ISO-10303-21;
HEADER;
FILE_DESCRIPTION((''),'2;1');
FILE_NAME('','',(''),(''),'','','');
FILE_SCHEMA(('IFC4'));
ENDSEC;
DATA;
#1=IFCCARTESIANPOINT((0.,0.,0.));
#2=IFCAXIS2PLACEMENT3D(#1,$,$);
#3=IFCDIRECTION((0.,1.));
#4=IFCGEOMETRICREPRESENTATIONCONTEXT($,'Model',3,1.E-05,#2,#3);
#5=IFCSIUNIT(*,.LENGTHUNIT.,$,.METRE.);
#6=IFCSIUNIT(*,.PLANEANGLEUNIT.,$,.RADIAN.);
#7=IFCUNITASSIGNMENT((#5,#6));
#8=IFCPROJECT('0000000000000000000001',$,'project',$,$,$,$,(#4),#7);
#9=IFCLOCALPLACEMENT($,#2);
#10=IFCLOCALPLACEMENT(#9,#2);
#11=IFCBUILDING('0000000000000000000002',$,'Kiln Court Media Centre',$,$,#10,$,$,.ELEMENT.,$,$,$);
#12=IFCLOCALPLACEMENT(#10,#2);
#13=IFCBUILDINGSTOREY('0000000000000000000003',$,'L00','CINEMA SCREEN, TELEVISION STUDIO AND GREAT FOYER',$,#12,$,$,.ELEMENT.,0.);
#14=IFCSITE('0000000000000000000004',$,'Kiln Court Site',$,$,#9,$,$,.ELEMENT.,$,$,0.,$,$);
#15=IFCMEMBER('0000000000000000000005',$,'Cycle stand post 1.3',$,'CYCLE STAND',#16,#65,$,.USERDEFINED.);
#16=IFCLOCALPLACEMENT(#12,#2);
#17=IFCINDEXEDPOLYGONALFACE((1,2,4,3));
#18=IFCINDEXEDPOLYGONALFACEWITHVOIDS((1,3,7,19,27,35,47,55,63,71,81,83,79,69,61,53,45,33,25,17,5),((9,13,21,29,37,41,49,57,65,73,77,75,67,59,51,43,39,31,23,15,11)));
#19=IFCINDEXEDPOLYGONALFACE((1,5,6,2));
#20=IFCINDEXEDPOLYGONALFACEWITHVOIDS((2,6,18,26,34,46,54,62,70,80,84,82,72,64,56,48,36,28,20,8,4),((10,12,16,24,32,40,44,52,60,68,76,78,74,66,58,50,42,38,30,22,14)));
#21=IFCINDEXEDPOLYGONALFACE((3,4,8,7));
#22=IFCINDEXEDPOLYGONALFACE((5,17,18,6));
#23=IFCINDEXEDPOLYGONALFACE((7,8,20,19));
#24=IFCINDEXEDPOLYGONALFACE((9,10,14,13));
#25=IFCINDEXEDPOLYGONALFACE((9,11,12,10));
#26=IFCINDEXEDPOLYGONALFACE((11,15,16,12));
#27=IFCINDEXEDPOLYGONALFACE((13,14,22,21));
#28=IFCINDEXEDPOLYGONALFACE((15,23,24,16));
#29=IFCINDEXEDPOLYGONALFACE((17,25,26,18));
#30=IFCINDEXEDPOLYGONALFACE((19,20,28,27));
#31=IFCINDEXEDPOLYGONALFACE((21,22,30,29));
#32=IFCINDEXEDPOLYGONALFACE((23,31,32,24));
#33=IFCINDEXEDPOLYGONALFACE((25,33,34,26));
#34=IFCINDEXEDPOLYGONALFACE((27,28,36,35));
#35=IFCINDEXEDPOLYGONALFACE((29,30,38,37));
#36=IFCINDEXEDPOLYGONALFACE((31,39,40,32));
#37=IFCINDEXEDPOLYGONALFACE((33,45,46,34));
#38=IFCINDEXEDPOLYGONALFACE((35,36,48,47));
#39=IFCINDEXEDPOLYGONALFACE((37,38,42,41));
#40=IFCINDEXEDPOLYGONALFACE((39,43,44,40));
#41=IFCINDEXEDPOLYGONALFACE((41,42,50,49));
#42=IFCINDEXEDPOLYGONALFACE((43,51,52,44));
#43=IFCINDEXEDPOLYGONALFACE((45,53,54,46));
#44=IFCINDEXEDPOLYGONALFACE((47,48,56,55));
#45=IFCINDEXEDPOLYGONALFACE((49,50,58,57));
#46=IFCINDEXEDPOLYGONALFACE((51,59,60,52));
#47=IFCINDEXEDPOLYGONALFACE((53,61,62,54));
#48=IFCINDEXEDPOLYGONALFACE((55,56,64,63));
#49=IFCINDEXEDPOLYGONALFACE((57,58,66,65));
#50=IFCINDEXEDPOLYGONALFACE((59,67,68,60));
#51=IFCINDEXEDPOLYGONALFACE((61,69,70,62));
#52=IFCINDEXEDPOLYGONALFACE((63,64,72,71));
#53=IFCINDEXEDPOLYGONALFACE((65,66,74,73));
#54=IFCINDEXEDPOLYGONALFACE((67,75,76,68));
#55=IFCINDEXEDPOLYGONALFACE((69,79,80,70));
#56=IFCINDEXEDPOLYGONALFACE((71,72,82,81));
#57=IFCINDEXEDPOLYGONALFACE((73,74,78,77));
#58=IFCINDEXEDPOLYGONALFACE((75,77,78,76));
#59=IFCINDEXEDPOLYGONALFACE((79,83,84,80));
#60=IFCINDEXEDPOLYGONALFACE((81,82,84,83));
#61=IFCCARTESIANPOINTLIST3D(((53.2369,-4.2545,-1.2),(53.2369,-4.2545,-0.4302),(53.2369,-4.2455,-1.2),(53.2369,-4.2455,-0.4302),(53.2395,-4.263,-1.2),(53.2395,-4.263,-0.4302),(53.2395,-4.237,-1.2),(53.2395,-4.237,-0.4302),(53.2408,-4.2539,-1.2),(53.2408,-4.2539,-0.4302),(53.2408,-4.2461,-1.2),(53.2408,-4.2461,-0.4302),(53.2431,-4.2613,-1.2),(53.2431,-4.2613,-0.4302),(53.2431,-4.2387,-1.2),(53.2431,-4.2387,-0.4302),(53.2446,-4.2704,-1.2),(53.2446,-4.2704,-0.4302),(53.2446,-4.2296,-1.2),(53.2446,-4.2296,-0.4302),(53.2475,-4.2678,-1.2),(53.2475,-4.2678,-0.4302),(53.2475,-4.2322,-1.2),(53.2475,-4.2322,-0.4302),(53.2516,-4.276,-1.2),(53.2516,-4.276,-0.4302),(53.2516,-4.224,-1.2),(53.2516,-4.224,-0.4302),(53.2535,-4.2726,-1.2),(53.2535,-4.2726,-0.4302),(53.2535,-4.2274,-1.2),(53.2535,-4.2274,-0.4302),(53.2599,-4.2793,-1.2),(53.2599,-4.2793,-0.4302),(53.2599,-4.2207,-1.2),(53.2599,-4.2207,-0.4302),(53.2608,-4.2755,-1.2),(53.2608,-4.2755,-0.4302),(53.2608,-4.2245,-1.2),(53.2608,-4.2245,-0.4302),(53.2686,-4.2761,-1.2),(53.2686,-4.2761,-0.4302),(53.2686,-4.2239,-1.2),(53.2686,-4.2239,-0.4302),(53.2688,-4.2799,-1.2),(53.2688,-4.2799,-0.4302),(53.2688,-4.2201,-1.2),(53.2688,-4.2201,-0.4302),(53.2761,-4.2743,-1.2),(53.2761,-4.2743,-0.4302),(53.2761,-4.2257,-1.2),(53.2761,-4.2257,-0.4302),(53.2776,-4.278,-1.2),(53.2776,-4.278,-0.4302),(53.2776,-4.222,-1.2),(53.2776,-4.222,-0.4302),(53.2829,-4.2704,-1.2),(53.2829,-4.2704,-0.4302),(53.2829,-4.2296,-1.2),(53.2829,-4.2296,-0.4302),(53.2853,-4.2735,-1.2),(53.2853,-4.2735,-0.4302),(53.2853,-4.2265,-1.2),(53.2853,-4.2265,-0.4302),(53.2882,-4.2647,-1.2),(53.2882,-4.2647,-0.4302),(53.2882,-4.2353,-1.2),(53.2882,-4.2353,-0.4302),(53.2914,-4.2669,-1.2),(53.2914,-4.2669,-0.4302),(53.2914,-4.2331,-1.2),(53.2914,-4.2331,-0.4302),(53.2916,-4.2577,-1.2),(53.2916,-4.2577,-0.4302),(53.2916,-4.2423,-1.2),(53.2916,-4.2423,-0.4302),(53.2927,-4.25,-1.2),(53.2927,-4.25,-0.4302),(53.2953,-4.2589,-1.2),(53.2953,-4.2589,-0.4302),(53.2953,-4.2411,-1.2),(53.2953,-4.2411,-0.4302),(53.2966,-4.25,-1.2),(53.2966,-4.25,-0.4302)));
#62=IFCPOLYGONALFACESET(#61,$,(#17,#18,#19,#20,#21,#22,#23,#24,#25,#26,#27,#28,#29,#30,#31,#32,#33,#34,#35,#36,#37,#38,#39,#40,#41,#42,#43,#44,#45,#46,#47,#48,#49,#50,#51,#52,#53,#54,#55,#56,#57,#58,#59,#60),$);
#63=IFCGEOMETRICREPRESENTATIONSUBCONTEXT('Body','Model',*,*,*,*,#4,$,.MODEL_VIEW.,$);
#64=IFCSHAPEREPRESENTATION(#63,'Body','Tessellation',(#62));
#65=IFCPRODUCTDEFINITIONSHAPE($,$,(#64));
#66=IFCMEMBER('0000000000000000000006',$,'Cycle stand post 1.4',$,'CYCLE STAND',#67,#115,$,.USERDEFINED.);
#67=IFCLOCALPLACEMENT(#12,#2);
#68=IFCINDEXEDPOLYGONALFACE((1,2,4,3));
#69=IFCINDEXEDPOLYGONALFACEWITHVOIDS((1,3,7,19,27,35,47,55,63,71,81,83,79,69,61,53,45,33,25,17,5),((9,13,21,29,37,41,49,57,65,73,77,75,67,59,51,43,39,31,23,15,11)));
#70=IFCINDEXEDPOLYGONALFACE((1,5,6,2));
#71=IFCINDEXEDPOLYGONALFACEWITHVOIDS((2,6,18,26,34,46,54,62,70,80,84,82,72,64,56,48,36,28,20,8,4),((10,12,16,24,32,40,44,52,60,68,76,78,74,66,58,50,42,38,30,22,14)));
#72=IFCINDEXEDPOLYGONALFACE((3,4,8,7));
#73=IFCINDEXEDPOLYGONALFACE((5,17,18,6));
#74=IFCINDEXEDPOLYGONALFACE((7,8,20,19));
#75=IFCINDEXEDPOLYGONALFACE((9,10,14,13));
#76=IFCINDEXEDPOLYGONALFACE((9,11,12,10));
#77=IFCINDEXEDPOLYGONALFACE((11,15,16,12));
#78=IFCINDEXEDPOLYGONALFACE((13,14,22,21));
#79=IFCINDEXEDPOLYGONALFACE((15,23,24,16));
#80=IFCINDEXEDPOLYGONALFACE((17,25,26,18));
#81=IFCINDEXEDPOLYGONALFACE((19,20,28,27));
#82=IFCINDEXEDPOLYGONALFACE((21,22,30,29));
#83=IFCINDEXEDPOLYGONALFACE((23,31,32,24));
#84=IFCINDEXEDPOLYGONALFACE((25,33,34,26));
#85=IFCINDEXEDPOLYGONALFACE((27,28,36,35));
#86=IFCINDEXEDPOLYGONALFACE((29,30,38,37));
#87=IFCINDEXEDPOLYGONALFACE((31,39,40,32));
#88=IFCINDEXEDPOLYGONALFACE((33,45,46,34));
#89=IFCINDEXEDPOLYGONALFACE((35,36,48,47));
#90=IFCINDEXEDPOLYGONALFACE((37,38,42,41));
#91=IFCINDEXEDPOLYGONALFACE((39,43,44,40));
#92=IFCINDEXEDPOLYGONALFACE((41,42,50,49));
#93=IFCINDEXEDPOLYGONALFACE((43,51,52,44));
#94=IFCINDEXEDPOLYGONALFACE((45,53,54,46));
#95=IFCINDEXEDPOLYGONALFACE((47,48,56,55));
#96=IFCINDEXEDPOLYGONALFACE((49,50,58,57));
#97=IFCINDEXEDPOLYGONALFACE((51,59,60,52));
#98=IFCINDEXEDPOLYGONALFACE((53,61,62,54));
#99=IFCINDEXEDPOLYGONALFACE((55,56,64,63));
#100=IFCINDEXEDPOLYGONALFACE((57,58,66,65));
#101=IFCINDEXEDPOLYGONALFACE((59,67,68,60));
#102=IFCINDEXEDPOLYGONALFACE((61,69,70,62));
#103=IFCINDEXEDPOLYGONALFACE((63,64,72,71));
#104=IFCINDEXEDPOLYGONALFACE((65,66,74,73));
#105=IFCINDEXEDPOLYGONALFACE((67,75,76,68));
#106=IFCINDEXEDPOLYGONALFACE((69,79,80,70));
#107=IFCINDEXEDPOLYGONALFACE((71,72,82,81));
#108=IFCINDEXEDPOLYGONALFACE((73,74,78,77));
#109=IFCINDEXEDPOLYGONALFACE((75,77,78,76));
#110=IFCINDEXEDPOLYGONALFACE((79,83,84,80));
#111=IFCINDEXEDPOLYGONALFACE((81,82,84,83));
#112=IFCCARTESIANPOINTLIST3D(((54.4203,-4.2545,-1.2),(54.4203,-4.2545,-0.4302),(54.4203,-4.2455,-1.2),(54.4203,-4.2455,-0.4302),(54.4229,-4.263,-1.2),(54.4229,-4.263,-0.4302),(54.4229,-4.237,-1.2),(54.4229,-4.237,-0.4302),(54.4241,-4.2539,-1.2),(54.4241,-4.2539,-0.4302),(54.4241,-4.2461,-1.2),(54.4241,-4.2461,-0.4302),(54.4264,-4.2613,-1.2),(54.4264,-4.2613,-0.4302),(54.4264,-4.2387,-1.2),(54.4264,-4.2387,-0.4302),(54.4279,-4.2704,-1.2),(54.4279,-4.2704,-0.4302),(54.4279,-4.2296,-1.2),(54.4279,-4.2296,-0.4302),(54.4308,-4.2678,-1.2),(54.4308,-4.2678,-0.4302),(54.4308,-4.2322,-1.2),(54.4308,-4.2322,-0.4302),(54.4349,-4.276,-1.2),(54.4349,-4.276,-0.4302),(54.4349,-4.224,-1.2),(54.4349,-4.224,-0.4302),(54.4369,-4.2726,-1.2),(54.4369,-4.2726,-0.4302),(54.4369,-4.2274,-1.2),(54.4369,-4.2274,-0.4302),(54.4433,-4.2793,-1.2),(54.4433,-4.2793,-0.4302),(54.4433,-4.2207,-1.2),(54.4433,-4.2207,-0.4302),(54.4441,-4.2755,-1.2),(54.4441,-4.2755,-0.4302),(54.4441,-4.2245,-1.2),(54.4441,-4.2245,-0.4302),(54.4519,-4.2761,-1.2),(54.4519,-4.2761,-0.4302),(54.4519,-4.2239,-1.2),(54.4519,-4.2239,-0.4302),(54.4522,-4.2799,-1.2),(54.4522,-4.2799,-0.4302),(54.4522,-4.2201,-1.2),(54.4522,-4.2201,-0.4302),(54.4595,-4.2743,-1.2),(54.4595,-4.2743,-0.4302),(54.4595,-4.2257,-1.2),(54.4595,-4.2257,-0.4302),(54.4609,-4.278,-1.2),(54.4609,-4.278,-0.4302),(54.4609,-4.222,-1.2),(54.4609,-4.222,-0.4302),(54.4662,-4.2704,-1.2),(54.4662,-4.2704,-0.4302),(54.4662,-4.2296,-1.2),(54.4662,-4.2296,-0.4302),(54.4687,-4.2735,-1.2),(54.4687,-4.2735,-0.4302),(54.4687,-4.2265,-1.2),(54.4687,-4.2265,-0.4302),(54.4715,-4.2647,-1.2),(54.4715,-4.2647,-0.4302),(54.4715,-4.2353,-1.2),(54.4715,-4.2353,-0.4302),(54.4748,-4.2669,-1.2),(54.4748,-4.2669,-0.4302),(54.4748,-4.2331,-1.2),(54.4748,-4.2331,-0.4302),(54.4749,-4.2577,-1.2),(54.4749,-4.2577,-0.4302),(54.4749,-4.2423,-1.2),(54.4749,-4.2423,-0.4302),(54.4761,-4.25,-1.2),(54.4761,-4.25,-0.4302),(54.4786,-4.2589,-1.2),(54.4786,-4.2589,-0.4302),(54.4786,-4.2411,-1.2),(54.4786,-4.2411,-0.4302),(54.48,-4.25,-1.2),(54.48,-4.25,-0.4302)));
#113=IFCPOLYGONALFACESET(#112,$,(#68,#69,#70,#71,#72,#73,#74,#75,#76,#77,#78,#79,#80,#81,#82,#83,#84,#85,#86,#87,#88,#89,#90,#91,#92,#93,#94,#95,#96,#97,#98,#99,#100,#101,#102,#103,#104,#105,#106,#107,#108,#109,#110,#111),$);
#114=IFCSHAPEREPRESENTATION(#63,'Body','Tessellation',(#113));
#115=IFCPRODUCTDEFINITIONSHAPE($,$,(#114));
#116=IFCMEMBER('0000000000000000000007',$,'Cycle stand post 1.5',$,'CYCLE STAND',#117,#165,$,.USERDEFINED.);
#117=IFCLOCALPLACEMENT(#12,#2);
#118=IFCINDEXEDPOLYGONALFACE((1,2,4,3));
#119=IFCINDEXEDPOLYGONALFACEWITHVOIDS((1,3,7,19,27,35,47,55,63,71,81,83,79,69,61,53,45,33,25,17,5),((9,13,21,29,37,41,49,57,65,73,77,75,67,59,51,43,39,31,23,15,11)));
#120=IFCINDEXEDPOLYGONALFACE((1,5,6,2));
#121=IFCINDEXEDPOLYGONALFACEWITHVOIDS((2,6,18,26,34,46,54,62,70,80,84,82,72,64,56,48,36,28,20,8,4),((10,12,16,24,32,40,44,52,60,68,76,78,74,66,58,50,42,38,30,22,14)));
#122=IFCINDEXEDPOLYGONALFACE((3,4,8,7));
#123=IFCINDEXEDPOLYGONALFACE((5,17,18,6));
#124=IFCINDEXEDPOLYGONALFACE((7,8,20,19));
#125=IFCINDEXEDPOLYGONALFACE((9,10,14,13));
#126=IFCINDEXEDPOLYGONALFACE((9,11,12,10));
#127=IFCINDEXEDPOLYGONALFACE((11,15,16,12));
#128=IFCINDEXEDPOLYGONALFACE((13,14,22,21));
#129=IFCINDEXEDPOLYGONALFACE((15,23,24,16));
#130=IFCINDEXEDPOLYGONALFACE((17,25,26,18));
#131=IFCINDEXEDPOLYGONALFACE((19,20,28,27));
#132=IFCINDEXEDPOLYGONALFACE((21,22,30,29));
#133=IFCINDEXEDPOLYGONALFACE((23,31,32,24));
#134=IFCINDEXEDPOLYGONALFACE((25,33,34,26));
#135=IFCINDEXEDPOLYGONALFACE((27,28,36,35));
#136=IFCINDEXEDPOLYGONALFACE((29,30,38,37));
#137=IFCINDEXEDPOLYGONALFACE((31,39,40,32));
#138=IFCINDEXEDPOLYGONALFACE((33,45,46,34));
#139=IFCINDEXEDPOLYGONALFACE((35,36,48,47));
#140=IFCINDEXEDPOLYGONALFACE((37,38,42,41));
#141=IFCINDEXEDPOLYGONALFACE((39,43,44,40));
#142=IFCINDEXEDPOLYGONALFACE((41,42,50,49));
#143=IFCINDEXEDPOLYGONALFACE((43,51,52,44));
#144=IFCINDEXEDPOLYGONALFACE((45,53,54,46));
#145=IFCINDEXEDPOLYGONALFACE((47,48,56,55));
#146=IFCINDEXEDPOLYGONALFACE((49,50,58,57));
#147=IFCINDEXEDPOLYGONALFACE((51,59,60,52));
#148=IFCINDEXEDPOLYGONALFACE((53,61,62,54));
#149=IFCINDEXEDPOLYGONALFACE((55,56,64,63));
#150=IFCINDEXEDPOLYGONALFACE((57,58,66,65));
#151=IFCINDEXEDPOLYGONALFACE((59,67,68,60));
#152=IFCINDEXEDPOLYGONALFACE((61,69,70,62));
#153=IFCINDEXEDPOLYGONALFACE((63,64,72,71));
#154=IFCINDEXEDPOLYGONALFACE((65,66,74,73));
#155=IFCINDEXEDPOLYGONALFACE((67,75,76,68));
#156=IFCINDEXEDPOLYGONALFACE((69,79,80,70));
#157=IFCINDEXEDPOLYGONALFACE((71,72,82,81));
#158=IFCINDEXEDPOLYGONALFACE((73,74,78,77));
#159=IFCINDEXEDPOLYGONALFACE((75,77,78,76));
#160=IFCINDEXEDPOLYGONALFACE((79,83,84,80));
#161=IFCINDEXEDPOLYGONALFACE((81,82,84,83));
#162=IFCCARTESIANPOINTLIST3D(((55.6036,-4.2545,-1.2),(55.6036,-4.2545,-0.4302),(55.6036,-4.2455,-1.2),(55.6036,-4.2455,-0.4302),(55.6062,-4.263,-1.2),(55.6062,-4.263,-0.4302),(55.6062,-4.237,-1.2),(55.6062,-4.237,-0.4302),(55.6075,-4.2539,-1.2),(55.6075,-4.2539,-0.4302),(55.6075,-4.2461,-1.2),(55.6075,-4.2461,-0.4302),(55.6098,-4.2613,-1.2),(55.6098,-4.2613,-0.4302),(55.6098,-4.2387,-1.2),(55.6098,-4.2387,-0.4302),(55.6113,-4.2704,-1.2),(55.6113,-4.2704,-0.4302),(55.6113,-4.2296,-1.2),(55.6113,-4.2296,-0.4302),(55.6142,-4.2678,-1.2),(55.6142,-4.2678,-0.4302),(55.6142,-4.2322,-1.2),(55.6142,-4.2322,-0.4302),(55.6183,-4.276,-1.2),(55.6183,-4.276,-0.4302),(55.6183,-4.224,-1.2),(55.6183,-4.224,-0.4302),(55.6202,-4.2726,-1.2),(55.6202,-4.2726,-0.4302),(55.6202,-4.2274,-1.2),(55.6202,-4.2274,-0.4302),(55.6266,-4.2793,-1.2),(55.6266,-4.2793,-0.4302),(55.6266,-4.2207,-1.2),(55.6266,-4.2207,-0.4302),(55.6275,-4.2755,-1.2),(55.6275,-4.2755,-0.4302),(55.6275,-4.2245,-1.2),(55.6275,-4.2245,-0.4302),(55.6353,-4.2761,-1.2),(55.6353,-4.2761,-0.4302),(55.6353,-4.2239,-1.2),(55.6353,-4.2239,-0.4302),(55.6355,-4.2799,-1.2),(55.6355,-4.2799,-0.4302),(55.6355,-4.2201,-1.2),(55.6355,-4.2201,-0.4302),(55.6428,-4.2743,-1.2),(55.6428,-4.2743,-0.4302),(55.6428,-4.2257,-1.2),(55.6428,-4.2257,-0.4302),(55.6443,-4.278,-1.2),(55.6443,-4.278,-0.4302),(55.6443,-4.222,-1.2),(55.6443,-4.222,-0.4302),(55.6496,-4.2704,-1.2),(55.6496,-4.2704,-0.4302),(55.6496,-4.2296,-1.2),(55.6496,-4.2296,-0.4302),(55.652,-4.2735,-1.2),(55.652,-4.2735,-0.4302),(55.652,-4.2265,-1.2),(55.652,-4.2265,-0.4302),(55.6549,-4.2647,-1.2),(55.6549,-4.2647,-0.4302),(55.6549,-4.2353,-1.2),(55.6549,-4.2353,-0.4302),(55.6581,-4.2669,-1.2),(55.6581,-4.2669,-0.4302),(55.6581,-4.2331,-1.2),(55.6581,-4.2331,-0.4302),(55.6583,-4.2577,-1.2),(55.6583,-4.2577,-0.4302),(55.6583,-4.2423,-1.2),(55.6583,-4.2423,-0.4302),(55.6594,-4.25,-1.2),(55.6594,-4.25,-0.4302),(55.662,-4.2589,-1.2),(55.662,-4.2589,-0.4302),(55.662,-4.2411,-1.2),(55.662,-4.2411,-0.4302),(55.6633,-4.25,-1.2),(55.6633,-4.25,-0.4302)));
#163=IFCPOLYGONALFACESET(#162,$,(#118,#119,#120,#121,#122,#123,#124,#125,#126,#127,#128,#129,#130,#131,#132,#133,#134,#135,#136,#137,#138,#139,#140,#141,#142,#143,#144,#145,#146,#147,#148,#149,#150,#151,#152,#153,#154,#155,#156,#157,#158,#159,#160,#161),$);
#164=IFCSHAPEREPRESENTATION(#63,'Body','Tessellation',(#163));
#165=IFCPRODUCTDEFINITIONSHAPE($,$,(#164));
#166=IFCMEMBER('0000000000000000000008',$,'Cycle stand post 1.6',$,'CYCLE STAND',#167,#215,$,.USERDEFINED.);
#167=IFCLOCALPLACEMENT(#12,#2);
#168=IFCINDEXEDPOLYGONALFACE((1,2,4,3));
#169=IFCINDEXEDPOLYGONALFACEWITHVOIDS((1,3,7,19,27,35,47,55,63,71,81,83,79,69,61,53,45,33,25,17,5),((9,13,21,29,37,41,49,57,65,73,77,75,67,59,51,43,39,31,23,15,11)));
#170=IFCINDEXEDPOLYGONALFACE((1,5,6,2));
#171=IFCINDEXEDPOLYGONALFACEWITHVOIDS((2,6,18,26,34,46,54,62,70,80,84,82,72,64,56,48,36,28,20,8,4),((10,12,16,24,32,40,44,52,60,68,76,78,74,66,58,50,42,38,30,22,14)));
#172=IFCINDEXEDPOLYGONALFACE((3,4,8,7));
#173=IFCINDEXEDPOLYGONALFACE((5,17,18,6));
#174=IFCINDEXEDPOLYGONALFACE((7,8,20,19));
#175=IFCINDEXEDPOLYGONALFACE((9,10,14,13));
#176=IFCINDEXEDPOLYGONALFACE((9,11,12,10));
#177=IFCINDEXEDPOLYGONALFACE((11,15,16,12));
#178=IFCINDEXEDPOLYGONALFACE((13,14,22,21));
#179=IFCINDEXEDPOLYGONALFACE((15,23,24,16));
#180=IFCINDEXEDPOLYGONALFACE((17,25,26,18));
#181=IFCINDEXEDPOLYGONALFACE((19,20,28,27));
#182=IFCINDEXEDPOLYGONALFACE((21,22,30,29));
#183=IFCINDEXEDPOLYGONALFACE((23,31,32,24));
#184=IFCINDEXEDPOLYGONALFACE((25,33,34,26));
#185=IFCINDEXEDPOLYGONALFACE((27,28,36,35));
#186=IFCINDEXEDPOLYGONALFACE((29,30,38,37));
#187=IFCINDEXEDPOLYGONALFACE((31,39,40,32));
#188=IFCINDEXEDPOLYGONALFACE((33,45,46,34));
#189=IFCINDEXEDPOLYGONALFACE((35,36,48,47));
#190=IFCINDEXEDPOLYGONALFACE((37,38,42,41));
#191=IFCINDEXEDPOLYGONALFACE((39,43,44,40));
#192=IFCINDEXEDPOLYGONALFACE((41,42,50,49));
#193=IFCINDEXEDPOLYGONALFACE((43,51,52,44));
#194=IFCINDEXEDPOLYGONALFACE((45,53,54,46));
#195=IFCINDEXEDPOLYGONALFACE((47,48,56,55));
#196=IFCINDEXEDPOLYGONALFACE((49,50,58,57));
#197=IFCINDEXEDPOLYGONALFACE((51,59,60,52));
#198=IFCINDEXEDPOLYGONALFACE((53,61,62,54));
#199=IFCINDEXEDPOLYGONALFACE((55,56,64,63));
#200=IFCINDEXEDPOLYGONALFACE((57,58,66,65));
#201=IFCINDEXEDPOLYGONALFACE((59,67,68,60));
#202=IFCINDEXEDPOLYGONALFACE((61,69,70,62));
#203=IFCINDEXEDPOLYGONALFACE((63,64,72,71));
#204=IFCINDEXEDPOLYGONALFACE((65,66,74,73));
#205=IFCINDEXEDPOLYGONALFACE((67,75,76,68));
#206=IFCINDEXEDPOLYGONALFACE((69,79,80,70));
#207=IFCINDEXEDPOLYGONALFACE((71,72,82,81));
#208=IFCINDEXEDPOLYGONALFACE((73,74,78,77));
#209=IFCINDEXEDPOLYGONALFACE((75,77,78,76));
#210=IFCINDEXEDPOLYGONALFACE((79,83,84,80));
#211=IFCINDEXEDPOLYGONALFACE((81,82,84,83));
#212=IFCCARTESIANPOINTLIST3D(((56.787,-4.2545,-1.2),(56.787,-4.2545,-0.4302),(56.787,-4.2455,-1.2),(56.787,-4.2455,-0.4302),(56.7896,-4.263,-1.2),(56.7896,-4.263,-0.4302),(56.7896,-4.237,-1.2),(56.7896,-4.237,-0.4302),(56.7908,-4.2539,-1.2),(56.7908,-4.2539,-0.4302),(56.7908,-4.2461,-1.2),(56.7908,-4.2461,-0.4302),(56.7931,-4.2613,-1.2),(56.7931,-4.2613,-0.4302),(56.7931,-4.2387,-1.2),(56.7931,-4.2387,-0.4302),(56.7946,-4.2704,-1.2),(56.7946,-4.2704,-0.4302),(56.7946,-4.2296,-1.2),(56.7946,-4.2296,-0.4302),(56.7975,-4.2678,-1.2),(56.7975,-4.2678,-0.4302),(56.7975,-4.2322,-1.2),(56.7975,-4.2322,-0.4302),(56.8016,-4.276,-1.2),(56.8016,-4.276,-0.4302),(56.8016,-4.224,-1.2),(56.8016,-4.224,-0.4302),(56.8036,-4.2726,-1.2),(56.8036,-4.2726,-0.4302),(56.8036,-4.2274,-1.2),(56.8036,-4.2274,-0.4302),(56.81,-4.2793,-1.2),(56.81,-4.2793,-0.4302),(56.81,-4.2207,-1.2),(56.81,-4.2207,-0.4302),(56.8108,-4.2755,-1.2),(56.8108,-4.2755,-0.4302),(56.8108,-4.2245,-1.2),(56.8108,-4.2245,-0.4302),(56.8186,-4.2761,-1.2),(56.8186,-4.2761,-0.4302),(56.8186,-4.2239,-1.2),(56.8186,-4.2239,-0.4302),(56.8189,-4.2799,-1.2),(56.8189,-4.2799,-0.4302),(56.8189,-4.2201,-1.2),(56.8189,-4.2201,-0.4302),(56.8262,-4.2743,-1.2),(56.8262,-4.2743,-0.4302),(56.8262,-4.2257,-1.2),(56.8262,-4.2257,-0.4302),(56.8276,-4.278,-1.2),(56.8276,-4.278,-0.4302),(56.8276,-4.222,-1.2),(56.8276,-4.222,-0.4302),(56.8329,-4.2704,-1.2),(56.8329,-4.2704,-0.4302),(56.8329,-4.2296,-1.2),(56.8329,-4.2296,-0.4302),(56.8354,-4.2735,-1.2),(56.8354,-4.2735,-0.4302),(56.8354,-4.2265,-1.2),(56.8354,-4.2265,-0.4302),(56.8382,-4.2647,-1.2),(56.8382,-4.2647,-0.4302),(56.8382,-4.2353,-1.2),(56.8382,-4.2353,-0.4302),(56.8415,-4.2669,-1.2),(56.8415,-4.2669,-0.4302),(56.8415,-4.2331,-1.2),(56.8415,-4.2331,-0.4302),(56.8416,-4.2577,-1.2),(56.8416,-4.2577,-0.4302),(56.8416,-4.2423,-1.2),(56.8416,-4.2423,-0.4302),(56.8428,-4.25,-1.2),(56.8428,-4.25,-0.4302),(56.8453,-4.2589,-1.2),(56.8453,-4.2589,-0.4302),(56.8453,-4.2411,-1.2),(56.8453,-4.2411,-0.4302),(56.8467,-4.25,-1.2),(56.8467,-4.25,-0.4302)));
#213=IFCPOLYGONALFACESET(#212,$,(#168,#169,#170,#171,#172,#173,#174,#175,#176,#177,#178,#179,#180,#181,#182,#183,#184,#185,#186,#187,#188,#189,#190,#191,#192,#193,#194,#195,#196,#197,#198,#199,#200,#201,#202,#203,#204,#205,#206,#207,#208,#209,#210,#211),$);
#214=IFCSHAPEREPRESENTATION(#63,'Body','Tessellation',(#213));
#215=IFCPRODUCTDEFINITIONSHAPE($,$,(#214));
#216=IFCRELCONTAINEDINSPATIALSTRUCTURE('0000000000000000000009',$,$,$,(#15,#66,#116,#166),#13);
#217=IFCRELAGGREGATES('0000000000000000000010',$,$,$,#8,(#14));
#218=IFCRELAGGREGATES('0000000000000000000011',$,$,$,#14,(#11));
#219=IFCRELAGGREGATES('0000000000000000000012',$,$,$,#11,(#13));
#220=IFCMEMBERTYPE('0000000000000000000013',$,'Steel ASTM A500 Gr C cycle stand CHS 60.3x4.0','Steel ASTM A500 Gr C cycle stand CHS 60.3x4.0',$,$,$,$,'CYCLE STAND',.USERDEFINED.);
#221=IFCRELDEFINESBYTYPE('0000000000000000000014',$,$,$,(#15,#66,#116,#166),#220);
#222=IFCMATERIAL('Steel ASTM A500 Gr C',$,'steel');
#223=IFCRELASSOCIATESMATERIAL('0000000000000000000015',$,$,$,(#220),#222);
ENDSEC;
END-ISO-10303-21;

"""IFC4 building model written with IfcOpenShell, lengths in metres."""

from ifc_helpers import new_model, si_unit, direction, frame, origin, origin_2d, place, context, subcontext, project, spatial, hollow_circle, extrude, material, material_profile, profile_set, type_object, element, save


model = new_model("IFC4")

# Units and contexts
model_context = context("Model", 3, precision=1e-05, world=origin(), true_north=direction((0.0, 1.0)))
body_context = subcontext(model_context, "Body", "Model", "MODEL_VIEW")
ifc_project = project(units=[si_unit("LENGTHUNIT", "METRE"), si_unit("PLANEANGLEUNIT", "RADIAN")], contexts=[model_context])

# Site, building, storey
site_placement = place(None, origin())
site = spatial("IfcSite", under=ifc_project, at=site_placement, Name="Kiln Court Site", CompositionType="ELEMENT", RefElevation=0.0)
building_placement = place(site_placement, origin())
building = spatial("IfcBuilding", under=site, at=building_placement, Name="Kiln Court Media Centre", CompositionType="ELEMENT")
storey_placement = place(building_placement, origin())
storey = spatial("IfcBuildingStorey", under=building, at=storey_placement, Name="L00", Description="CINEMA SCREEN, TELEVISION STUDIO AND GREAT FOYER", CompositionType="ELEMENT", Elevation=0.0)

# Members
ifc_material = material(Name="Steel ASTM A500 Gr C", Category="steel")
ifc_material_profile = material_profile(ifc_material, hollow_circle(Radius=0.03, WallThickness=0.0039, at=origin_2d()), Name="CHS 60.3x4.0")
ifc_profile_set = profile_set([ifc_material_profile], Name="Steel ASTM A500 Gr C")
member_type = type_object("IfcMemberType", Name="Steel ASTM A500 Gr C cycle stand CHS 60.3x4.0", Description="Steel ASTM A500 Gr C cycle stand CHS 60.3x4.0", ElementType="CYCLE STAND", PredefinedType="USERDEFINED", material=ifc_profile_set)
for number, where, z_axis, x_axis, name in (
    (1, (53.2666, -4.25, -1.2), (0.0, 0.0, 1.0), (1.0, 0.0, 0.0), "Cycle stand post 1.3"),
    (2, (54.45, -4.25, -1.2), (0.0, 0.0, 1.0), (1.0, 0.0, 0.0), "Cycle stand post 1.4"),
    (3, (55.6333, -4.25, -1.2), (0.0, 0.0, 1.0), (1.0, 0.0, 0.0), "Cycle stand post 1.5"),
    (4, (56.8167, -4.25, -1.2), (0.0, 0.0, 1.0), (1.0, 0.0, 0.0), "Cycle stand post 1.6"),
):
    element("IfcMember", number, at=place(storey_placement, frame(where, z_axis=z_axis, x_axis=x_axis)), inside=storey, type_object=member_type, Name=name, ObjectType="CYCLE STAND", PredefinedType="USERDEFINED", context=body_context, shape_type="SweptSolid", body=[
        extrude(hollow_circle(Radius=0.03, WallThickness=0.0039, at=origin_2d()), origin(), (0.0, 0.0, 1.0), 0.7698),
    ])

save(model, "model.ifc")
